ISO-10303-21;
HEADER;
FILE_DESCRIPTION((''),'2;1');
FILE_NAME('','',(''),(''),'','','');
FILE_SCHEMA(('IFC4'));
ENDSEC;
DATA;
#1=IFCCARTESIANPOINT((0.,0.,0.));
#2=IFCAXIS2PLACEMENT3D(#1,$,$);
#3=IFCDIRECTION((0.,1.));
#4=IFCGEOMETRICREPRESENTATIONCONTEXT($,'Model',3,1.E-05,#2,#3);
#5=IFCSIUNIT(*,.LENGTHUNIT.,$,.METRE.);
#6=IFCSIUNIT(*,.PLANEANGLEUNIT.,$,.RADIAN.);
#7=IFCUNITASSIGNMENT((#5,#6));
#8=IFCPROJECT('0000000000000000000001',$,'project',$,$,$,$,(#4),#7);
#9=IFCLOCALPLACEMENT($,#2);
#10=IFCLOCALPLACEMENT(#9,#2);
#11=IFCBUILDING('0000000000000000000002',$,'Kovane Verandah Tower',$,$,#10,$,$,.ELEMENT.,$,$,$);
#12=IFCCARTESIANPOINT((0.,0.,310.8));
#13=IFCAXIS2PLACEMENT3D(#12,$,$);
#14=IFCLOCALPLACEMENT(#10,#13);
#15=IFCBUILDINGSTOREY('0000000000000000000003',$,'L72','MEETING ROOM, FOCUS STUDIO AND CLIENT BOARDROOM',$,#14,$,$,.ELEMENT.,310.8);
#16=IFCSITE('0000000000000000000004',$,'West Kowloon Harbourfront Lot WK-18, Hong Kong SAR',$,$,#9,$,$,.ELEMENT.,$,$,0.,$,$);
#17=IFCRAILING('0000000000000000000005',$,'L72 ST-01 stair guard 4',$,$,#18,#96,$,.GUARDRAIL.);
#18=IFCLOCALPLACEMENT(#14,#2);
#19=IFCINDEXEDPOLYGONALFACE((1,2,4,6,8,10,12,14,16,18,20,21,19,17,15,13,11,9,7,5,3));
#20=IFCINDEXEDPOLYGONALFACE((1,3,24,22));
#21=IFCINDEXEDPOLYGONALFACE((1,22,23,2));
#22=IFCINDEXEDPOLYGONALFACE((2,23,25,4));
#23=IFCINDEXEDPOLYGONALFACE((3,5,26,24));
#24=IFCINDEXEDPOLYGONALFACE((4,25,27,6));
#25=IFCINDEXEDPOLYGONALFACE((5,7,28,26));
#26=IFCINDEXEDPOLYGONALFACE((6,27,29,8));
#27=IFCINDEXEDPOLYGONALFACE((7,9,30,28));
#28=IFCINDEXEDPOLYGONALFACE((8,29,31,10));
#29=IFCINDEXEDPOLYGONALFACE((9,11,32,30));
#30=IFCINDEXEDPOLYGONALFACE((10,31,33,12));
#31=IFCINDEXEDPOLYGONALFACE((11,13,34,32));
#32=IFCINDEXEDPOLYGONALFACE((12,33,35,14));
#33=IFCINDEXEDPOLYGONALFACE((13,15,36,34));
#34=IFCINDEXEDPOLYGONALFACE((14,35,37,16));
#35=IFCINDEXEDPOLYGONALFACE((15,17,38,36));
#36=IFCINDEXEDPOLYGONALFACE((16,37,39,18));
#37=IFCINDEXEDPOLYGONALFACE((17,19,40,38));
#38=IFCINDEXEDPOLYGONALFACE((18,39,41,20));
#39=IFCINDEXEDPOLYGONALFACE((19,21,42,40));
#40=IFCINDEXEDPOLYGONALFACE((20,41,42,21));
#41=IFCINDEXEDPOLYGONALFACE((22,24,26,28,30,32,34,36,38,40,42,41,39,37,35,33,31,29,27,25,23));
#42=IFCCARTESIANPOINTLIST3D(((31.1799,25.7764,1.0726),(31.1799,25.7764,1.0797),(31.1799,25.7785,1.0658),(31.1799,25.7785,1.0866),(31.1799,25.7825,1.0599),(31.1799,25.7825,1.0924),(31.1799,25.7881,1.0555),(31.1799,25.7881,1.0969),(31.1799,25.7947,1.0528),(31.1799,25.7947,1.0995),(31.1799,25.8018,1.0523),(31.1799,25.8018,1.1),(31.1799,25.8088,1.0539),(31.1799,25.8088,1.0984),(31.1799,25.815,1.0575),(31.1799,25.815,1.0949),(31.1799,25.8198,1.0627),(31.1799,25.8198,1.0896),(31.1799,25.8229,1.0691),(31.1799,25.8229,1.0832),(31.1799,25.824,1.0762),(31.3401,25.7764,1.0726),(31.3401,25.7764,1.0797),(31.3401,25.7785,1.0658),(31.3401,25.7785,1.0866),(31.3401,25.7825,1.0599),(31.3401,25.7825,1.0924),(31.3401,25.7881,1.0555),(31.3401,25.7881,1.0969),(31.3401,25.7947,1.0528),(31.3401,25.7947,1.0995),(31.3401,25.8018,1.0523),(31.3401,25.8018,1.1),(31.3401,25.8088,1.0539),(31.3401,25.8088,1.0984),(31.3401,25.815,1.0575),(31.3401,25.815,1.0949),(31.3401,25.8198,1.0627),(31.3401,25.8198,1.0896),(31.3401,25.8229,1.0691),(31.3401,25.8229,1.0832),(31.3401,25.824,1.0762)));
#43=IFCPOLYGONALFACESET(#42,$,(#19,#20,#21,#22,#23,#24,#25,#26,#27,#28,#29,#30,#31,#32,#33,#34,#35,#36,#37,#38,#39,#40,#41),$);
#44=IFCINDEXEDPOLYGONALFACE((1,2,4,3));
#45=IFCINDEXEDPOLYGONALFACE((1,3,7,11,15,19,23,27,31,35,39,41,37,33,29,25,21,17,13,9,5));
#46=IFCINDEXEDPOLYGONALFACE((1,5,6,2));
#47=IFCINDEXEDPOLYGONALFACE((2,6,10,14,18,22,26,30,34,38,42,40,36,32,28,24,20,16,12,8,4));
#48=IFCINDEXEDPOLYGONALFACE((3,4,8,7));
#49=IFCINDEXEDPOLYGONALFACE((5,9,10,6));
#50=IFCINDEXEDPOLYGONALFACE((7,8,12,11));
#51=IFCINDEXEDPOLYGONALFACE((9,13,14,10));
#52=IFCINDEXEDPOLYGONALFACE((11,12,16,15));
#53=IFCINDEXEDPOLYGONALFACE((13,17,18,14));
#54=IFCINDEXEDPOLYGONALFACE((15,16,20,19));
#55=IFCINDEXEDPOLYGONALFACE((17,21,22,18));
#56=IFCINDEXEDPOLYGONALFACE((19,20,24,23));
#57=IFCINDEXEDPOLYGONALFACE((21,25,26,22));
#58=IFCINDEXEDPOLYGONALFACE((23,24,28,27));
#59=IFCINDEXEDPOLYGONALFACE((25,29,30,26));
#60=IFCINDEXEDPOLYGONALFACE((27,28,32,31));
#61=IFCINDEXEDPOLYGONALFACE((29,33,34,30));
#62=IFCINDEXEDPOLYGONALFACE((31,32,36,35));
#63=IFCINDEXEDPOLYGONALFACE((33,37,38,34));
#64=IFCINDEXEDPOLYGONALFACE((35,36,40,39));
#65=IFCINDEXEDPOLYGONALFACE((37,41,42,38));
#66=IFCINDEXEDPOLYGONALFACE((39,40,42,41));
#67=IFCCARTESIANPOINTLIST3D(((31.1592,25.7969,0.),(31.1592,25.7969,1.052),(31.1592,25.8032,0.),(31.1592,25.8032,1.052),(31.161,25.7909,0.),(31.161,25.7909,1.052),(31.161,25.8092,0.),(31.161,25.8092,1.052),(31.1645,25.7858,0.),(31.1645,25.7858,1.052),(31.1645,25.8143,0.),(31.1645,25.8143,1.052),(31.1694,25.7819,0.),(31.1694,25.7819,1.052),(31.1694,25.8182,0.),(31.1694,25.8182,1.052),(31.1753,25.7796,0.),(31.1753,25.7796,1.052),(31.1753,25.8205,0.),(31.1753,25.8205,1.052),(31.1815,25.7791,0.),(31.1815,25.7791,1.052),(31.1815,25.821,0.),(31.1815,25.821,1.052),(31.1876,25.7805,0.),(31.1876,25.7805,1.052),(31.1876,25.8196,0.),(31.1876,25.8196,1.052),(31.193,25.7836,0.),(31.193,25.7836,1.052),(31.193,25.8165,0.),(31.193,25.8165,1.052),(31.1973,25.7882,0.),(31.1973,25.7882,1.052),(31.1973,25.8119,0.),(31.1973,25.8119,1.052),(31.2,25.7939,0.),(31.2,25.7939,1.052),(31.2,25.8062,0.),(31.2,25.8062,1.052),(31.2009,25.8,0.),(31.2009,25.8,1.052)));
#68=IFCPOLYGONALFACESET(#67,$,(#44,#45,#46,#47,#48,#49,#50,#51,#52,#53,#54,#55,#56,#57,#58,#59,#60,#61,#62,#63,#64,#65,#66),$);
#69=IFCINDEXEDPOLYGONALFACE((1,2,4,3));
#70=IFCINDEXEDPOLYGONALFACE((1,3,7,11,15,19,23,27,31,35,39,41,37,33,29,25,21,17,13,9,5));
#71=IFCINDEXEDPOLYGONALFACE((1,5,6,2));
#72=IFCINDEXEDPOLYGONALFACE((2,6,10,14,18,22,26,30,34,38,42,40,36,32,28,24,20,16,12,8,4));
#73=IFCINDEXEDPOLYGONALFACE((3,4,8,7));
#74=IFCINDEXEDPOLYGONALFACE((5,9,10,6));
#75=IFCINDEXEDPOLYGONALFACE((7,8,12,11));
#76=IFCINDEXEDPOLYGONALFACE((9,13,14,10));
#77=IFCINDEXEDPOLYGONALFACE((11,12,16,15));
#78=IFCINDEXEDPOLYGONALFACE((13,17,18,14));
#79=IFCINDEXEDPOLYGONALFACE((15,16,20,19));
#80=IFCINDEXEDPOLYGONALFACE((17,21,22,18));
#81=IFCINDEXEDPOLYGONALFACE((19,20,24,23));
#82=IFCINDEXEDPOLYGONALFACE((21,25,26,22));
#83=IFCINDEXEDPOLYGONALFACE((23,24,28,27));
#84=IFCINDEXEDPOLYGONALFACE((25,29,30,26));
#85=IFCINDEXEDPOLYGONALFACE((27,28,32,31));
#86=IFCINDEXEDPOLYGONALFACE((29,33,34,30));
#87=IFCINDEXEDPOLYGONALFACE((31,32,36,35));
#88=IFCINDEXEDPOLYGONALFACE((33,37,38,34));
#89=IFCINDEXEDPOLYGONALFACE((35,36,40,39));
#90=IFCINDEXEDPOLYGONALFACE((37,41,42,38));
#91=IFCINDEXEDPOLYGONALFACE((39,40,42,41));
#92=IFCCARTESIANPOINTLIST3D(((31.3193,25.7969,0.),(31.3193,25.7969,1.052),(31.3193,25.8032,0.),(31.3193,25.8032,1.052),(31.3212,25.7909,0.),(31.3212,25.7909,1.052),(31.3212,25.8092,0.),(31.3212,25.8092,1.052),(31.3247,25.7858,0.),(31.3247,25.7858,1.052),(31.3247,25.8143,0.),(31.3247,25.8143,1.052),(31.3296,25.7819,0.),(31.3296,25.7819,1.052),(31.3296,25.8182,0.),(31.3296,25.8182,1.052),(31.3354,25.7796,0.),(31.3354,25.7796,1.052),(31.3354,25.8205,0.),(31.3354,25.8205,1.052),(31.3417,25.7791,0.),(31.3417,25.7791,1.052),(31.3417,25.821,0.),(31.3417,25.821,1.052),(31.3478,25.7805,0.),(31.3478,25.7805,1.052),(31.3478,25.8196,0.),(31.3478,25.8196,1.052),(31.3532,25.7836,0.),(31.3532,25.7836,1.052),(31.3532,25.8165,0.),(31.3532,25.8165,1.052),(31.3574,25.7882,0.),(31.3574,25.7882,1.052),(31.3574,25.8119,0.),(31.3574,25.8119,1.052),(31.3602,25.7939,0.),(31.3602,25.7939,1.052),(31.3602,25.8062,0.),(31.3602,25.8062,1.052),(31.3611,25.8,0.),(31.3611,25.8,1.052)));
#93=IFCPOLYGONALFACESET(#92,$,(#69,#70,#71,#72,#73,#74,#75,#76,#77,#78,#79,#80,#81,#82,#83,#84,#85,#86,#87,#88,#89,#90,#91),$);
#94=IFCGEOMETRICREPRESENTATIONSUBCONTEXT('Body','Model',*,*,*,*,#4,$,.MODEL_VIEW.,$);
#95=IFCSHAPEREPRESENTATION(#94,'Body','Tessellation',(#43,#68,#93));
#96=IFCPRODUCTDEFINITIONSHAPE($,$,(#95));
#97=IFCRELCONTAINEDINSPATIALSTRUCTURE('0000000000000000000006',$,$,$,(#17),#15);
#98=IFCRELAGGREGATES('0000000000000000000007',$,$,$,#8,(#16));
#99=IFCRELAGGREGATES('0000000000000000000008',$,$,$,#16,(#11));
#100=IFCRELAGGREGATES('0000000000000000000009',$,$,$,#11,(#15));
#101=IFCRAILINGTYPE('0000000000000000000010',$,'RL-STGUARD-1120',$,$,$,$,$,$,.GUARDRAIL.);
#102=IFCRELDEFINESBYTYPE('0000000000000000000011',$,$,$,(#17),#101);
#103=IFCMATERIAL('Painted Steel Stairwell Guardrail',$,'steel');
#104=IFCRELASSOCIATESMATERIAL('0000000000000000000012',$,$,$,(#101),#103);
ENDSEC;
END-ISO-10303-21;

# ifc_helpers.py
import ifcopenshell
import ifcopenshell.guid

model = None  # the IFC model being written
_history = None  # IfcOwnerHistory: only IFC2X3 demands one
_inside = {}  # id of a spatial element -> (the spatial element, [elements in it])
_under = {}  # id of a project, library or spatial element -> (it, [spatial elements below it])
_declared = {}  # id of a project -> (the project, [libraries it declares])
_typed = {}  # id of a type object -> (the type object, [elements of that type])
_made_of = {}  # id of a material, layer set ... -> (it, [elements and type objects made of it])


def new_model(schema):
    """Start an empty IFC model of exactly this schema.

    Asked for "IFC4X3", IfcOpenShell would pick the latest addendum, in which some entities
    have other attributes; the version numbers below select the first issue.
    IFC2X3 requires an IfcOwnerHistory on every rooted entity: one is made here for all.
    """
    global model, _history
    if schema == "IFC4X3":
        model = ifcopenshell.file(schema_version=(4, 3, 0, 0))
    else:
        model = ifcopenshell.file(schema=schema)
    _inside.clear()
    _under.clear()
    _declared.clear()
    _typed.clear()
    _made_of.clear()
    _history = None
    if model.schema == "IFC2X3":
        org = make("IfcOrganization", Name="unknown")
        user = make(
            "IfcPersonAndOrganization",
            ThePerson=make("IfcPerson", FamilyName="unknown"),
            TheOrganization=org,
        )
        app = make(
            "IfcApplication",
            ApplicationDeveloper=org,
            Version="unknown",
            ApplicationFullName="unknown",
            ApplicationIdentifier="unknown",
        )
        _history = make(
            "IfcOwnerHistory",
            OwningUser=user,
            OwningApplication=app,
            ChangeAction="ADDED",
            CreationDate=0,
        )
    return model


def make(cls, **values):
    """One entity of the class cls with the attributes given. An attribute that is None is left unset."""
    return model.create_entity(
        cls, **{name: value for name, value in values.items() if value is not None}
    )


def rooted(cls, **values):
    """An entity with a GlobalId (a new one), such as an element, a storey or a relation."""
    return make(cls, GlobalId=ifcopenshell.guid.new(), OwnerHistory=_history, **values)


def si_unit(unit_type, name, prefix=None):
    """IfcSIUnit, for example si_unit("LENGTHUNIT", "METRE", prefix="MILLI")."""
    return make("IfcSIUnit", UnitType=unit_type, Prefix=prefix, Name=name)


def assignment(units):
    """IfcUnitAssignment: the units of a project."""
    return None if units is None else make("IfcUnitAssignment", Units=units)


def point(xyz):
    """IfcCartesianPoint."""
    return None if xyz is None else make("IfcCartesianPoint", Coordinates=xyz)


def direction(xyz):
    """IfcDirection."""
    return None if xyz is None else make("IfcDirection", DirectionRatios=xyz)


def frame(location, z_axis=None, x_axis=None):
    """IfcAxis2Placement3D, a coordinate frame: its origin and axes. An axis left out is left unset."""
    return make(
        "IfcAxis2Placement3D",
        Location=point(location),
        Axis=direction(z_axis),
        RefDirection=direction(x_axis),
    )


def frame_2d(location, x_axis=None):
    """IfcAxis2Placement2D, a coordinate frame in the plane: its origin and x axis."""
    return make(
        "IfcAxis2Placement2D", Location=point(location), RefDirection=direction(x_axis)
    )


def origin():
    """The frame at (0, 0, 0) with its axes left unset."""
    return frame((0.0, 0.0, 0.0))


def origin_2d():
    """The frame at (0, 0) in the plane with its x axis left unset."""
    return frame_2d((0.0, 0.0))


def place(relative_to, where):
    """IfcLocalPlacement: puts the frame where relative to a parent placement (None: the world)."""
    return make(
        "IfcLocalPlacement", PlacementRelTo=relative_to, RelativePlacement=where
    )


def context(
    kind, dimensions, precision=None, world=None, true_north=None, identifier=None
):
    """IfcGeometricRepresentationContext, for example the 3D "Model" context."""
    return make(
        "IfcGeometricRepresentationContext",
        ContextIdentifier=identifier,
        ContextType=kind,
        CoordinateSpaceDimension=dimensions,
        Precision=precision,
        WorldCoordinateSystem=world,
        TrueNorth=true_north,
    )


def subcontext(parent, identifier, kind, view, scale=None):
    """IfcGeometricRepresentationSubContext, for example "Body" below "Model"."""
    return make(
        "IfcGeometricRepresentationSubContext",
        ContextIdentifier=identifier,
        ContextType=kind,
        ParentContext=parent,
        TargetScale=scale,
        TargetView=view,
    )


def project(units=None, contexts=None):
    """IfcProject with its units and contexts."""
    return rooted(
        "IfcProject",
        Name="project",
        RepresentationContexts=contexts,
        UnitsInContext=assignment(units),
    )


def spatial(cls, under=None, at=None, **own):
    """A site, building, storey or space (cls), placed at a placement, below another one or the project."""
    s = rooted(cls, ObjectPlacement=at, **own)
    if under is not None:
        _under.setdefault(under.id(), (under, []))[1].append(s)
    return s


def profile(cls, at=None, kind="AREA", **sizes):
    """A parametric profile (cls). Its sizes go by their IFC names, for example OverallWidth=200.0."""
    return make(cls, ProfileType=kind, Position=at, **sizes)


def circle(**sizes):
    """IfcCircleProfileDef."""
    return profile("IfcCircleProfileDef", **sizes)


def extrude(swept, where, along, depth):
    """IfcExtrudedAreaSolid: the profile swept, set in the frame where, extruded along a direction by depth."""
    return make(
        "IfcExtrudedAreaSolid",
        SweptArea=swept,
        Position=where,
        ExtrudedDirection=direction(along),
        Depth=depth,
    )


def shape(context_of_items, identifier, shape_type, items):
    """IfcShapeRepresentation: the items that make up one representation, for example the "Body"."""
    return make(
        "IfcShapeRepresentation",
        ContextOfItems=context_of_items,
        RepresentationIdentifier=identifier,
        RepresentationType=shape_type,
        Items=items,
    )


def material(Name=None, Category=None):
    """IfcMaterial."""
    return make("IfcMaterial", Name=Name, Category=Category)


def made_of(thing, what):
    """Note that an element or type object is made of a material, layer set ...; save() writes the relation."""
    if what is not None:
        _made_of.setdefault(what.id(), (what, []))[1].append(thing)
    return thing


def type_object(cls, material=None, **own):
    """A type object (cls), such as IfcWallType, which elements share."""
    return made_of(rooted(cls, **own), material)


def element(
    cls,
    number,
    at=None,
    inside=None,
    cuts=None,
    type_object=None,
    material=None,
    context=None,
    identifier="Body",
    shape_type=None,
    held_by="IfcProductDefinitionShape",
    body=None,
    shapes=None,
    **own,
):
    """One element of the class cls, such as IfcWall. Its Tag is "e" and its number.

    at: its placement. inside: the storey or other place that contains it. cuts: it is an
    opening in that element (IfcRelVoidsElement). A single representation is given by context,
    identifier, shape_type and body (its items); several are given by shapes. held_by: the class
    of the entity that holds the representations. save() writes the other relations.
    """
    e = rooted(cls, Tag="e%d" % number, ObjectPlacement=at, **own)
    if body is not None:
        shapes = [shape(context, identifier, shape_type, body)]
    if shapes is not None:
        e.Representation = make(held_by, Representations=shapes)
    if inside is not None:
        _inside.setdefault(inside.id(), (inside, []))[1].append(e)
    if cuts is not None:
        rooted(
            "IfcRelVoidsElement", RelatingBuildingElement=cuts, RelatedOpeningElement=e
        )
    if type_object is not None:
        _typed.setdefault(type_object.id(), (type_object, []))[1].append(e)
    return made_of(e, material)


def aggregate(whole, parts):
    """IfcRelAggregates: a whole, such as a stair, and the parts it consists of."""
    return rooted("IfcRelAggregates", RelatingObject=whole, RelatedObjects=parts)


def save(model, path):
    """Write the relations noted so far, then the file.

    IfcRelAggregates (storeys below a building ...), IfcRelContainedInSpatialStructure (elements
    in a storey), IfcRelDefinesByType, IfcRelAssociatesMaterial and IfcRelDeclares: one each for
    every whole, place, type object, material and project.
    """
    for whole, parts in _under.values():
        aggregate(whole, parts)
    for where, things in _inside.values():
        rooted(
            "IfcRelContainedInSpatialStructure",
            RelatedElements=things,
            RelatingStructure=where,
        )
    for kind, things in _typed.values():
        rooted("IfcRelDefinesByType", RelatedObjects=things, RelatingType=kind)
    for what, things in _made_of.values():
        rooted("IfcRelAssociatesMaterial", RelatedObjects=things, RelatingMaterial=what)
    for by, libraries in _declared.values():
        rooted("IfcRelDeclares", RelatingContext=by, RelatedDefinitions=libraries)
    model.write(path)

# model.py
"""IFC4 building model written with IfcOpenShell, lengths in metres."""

from ifc_helpers import new_model, si_unit, direction, frame, origin, origin_2d, place, context, subcontext, project, spatial, circle, extrude, material, type_object, element, save


model = new_model("IFC4")

# Units and contexts
model_context = context("Model", 3, precision=1e-05, world=origin(), true_north=direction((0.0, 1.0)))
body_context = subcontext(model_context, "Body", "Model", "MODEL_VIEW")
ifc_project = project(units=[si_unit("LENGTHUNIT", "METRE"), si_unit("PLANEANGLEUNIT", "RADIAN")], contexts=[model_context])

# Site, building, storey
site_placement = place(None, origin())
site = spatial("IfcSite", under=ifc_project, at=site_placement, Name="West Kowloon Harbourfront Lot WK-18, Hong Kong SAR", CompositionType="ELEMENT", RefElevation=0.0)
building_placement = place(site_placement, origin())
building = spatial("IfcBuilding", under=site, at=building_placement, Name="Kovane Verandah Tower", CompositionType="ELEMENT")
storey_placement = place(building_placement, frame((0.0, 0.0, 310.8)))
storey = spatial("IfcBuildingStorey", under=building, at=storey_placement, Name="L72", Description="MEETING ROOM, FOCUS STUDIO AND CLIENT BOARDROOM", CompositionType="ELEMENT", Elevation=310.8)

# Railing
ifc_material_1 = material(Name="Painted Steel Stairwell Guardrail", Category="steel")
railing_type_1 = type_object("IfcRailingType", Name="RL-STGUARD-1120", PredefinedType="GUARDRAIL", material=ifc_material_1)
railing_1_placement = place(storey_placement, frame((31.1799, 25.8, 0.0)))
element("IfcRailing", 1, at=railing_1_placement, inside=storey, type_object=railing_type_1, Name="L72 ST-01 stair guard 4", PredefinedType="GUARDRAIL", context=body_context, shape_type="SweptSolid", body=[
    extrude(circle(Radius=0.0239, at=origin_2d()), frame((0.0, 0.0, 1.0762), z_axis=(1.0, 0.0, 0.0), x_axis=(0.0, 1.0, 0.0)), (0.0, 0.0, 1.0), 0.1602),
    extrude(circle(Radius=0.021, at=origin_2d()), origin(), (0.0, 0.0, 1.0), 1.052),
    extrude(circle(Radius=0.021, at=origin_2d()), frame((0.1602, 0.0, 0.0)), (0.0, 0.0, 1.0), 1.052),
])

save(model, "model.ifc")
